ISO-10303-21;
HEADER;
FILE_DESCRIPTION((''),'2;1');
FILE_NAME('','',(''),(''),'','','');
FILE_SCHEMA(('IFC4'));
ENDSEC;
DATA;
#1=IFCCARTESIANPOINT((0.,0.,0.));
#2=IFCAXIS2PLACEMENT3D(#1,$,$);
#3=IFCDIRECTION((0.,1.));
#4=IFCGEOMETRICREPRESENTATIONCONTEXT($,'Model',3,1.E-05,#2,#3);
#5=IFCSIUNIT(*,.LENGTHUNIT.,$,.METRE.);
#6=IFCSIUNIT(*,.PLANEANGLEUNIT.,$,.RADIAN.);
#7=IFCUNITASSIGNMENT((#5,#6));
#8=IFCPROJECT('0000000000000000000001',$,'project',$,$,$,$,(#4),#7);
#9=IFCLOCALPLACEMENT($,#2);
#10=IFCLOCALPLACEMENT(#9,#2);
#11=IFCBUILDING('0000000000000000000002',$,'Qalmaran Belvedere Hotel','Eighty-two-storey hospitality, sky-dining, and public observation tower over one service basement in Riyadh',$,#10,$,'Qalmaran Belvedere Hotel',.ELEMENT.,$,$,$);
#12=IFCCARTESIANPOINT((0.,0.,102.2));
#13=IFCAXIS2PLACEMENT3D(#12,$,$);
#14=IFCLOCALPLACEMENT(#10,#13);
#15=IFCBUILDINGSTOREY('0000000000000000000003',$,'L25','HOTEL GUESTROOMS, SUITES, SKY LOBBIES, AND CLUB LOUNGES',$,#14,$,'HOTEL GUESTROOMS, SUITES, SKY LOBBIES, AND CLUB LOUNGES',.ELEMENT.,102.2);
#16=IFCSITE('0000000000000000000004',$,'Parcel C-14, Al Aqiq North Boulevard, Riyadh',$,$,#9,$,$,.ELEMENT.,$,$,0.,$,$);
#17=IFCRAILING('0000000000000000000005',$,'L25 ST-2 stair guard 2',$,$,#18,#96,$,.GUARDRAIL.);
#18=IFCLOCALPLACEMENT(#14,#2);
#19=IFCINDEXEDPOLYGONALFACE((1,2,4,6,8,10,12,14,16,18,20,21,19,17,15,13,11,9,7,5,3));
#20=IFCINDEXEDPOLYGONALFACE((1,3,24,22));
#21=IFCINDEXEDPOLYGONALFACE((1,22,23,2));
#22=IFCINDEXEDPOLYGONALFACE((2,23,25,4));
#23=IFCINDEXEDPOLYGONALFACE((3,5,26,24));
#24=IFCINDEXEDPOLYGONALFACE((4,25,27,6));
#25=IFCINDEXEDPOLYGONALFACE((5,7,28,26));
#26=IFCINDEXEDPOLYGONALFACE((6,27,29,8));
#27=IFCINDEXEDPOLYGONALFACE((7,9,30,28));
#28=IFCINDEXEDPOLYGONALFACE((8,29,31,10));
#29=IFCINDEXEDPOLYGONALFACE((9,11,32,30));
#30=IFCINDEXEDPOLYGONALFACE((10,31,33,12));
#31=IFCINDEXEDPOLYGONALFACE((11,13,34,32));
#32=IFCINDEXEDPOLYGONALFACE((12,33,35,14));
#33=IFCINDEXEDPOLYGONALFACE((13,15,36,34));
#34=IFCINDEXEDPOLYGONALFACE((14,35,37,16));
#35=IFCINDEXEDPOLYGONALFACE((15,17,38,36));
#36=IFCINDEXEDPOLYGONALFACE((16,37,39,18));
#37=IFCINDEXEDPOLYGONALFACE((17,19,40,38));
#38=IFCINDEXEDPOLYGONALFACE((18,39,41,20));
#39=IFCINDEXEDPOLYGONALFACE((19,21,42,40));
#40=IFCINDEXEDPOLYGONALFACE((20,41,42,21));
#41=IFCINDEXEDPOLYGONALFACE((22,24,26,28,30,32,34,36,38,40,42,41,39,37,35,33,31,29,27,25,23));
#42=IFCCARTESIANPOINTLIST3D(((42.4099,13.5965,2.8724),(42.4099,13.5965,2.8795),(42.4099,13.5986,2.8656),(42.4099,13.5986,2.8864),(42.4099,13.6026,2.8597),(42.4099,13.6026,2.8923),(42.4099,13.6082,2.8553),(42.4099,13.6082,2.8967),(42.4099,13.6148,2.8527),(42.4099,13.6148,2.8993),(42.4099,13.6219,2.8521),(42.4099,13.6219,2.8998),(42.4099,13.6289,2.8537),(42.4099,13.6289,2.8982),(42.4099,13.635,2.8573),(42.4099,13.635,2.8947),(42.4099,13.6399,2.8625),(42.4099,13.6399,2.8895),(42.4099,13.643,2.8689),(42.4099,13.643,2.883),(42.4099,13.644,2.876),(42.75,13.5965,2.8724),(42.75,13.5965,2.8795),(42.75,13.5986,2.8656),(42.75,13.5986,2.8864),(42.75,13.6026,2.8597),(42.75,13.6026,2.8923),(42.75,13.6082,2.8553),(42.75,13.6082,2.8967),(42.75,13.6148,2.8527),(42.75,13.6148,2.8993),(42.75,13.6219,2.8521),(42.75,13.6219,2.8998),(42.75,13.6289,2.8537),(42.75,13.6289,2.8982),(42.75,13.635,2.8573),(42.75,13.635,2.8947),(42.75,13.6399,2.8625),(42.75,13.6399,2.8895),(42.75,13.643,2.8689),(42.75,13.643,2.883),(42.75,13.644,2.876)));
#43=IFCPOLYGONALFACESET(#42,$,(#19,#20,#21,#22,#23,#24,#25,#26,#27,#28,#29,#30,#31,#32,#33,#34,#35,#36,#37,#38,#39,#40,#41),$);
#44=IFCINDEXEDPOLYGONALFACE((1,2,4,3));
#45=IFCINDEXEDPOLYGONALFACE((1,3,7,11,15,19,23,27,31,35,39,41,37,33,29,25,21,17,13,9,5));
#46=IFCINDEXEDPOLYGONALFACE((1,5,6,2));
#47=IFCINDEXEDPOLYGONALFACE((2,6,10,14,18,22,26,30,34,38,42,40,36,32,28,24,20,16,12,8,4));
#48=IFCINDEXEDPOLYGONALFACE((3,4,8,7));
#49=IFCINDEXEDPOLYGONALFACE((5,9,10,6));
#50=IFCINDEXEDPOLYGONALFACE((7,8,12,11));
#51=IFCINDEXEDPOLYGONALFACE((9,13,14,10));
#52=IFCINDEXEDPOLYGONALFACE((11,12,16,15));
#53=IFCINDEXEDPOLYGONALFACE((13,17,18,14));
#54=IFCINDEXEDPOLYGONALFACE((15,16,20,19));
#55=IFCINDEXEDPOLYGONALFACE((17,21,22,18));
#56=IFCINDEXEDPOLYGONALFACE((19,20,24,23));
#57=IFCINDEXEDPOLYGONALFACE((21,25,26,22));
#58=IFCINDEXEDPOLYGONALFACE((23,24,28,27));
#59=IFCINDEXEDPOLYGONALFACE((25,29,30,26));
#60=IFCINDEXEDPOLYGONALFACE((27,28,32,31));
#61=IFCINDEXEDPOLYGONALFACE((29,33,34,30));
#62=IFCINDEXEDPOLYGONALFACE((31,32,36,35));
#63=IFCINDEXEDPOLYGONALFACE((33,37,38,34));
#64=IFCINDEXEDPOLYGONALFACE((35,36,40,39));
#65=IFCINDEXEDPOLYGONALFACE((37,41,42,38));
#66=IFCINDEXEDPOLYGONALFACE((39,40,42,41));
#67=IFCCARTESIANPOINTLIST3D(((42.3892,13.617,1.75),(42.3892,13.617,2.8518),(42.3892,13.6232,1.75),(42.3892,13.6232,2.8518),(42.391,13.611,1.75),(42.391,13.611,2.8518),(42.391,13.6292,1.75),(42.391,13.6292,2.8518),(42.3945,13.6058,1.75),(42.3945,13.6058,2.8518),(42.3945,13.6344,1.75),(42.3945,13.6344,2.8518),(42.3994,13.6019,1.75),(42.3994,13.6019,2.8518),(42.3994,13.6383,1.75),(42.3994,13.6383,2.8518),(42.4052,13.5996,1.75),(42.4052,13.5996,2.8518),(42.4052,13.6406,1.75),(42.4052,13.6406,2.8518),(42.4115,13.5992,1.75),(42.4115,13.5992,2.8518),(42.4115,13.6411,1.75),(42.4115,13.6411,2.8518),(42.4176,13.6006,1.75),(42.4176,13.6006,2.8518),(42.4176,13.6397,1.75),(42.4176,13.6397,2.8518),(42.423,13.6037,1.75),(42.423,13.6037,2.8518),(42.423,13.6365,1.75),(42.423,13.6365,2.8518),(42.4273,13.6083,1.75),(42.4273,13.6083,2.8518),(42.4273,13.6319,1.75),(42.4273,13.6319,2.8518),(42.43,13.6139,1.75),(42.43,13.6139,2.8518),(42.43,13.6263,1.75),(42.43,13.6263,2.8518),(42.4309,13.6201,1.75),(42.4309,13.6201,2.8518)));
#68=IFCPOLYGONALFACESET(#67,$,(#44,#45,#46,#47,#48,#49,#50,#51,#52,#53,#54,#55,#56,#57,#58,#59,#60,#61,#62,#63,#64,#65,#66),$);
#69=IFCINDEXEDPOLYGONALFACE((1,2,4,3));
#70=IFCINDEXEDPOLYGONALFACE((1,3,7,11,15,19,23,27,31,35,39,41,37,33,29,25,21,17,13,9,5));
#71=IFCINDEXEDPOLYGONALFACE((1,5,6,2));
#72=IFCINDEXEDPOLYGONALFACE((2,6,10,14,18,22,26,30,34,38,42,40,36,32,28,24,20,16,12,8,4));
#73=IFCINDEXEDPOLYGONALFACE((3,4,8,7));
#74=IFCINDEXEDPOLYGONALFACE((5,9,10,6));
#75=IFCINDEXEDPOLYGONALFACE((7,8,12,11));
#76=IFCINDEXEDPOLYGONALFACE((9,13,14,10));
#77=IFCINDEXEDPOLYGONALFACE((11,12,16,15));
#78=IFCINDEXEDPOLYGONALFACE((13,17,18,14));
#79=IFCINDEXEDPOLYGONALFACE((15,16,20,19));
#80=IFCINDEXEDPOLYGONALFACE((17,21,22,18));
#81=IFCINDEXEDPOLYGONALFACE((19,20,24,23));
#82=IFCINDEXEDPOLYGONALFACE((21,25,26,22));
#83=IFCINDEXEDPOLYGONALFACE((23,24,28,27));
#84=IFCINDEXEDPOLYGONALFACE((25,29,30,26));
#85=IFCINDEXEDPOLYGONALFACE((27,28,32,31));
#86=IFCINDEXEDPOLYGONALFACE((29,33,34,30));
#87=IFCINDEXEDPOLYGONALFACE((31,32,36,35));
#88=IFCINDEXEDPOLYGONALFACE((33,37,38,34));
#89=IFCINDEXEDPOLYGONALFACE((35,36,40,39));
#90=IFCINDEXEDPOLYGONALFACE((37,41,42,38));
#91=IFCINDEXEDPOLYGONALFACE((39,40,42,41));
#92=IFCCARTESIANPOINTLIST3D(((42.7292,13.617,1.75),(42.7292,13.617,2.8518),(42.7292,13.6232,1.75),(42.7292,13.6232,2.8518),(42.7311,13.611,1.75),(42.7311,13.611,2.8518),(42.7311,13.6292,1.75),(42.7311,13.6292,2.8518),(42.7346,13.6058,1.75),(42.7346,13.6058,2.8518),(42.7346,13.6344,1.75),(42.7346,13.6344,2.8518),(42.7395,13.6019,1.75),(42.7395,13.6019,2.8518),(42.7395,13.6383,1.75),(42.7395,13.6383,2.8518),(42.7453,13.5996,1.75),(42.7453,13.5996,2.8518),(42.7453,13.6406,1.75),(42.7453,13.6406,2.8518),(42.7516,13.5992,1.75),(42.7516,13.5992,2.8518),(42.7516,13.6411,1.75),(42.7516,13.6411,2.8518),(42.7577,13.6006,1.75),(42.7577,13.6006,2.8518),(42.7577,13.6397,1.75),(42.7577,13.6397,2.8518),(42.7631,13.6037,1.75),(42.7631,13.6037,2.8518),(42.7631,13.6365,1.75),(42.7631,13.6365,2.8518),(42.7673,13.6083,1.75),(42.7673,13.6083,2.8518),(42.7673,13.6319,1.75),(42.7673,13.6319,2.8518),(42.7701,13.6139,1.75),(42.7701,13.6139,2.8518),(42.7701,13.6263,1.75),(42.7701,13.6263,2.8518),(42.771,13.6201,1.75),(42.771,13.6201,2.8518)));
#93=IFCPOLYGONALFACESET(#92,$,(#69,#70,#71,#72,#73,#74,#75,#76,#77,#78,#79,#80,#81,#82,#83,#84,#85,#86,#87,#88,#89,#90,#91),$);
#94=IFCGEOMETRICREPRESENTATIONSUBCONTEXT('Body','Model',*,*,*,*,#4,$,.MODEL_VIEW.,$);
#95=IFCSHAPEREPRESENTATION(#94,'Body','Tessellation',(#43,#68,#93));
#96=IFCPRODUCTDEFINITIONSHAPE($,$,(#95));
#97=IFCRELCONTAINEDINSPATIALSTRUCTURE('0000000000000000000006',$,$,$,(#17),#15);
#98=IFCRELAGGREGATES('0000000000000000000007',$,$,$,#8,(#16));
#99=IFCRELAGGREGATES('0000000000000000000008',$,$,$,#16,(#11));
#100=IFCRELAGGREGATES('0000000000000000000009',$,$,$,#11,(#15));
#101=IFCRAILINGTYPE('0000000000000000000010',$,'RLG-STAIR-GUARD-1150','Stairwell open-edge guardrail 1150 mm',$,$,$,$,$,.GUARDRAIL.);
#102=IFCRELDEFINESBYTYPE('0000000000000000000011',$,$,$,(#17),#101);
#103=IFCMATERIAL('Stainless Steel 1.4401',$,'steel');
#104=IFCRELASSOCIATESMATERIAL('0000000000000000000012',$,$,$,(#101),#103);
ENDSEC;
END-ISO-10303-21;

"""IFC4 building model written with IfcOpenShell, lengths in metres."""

from ifc_helpers import new_model, si_unit, direction, frame, origin, origin_2d, place, context, subcontext, project, spatial, circle, extrude, material, type_object, element, save


model = new_model("IFC4")

# Units and contexts
model_context = context("Model", 3, precision=1e-05, world=origin(), true_north=direction((0.0, 1.0)))
body_context = subcontext(model_context, "Body", "Model", "MODEL_VIEW")
ifc_project = project(units=[si_unit("LENGTHUNIT", "METRE"), si_unit("PLANEANGLEUNIT", "RADIAN")], contexts=[model_context])

# Site, building, storey
site_placement = place(None, origin())
site = spatial("IfcSite", under=ifc_project, at=site_placement, Name="Parcel C-14, Al Aqiq North Boulevard, Riyadh", CompositionType="ELEMENT", RefElevation=0.0)
building_placement = place(site_placement, origin())
building = spatial("IfcBuilding", under=site, at=building_placement, Name="Qalmaran Belvedere Hotel", Description="Eighty-two-storey hospitality, sky-dining, and public observation tower over one service basement in Riyadh", LongName="Qalmaran Belvedere Hotel", CompositionType="ELEMENT")
storey_placement = place(building_placement, frame((0.0, 0.0, 102.2)))
storey = spatial("IfcBuildingStorey", under=building, at=storey_placement, Name="L25", Description="HOTEL GUESTROOMS, SUITES, SKY LOBBIES, AND CLUB LOUNGES", LongName="HOTEL GUESTROOMS, SUITES, SKY LOBBIES, AND CLUB LOUNGES", CompositionType="ELEMENT", Elevation=102.2)

# Shared definitions
ifc_material_1 = material(Name="Stainless Steel 1.4401", Category="steel")

# Railing
railing_type_1 = type_object("IfcRailingType", Name="RLG-STAIR-GUARD-1150", Description="Stairwell open-edge guardrail 1150 mm", PredefinedType="GUARDRAIL", material=ifc_material_1)
railing_1_placement = place(storey_placement, frame((42.4099, 13.6201, 1.75)))
element("IfcRailing", 1, at=railing_1_placement, inside=storey, type_object=railing_type_1, Name="L25 ST-2 stair guard 2", PredefinedType="GUARDRAIL", context=body_context, shape_type="SweptSolid", body=[
    extrude(circle(Radius=0.0239, at=origin_2d()), frame((0.0, 0.0, 1.126), z_axis=(1.0, 0.0, 0.0), x_axis=(0.0, 1.0, 0.0)), (0.0, 0.0, 1.0), 0.3401),
    extrude(circle(Radius=0.021, at=origin_2d()), origin(), (0.0, 0.0, 1.0), 1.1018),
    extrude(circle(Radius=0.021, at=origin_2d()), frame((0.3401, 0.0, 0.0)), (0.0, 0.0, 1.0), 1.1018),
])

save(model, "model.ifc")
